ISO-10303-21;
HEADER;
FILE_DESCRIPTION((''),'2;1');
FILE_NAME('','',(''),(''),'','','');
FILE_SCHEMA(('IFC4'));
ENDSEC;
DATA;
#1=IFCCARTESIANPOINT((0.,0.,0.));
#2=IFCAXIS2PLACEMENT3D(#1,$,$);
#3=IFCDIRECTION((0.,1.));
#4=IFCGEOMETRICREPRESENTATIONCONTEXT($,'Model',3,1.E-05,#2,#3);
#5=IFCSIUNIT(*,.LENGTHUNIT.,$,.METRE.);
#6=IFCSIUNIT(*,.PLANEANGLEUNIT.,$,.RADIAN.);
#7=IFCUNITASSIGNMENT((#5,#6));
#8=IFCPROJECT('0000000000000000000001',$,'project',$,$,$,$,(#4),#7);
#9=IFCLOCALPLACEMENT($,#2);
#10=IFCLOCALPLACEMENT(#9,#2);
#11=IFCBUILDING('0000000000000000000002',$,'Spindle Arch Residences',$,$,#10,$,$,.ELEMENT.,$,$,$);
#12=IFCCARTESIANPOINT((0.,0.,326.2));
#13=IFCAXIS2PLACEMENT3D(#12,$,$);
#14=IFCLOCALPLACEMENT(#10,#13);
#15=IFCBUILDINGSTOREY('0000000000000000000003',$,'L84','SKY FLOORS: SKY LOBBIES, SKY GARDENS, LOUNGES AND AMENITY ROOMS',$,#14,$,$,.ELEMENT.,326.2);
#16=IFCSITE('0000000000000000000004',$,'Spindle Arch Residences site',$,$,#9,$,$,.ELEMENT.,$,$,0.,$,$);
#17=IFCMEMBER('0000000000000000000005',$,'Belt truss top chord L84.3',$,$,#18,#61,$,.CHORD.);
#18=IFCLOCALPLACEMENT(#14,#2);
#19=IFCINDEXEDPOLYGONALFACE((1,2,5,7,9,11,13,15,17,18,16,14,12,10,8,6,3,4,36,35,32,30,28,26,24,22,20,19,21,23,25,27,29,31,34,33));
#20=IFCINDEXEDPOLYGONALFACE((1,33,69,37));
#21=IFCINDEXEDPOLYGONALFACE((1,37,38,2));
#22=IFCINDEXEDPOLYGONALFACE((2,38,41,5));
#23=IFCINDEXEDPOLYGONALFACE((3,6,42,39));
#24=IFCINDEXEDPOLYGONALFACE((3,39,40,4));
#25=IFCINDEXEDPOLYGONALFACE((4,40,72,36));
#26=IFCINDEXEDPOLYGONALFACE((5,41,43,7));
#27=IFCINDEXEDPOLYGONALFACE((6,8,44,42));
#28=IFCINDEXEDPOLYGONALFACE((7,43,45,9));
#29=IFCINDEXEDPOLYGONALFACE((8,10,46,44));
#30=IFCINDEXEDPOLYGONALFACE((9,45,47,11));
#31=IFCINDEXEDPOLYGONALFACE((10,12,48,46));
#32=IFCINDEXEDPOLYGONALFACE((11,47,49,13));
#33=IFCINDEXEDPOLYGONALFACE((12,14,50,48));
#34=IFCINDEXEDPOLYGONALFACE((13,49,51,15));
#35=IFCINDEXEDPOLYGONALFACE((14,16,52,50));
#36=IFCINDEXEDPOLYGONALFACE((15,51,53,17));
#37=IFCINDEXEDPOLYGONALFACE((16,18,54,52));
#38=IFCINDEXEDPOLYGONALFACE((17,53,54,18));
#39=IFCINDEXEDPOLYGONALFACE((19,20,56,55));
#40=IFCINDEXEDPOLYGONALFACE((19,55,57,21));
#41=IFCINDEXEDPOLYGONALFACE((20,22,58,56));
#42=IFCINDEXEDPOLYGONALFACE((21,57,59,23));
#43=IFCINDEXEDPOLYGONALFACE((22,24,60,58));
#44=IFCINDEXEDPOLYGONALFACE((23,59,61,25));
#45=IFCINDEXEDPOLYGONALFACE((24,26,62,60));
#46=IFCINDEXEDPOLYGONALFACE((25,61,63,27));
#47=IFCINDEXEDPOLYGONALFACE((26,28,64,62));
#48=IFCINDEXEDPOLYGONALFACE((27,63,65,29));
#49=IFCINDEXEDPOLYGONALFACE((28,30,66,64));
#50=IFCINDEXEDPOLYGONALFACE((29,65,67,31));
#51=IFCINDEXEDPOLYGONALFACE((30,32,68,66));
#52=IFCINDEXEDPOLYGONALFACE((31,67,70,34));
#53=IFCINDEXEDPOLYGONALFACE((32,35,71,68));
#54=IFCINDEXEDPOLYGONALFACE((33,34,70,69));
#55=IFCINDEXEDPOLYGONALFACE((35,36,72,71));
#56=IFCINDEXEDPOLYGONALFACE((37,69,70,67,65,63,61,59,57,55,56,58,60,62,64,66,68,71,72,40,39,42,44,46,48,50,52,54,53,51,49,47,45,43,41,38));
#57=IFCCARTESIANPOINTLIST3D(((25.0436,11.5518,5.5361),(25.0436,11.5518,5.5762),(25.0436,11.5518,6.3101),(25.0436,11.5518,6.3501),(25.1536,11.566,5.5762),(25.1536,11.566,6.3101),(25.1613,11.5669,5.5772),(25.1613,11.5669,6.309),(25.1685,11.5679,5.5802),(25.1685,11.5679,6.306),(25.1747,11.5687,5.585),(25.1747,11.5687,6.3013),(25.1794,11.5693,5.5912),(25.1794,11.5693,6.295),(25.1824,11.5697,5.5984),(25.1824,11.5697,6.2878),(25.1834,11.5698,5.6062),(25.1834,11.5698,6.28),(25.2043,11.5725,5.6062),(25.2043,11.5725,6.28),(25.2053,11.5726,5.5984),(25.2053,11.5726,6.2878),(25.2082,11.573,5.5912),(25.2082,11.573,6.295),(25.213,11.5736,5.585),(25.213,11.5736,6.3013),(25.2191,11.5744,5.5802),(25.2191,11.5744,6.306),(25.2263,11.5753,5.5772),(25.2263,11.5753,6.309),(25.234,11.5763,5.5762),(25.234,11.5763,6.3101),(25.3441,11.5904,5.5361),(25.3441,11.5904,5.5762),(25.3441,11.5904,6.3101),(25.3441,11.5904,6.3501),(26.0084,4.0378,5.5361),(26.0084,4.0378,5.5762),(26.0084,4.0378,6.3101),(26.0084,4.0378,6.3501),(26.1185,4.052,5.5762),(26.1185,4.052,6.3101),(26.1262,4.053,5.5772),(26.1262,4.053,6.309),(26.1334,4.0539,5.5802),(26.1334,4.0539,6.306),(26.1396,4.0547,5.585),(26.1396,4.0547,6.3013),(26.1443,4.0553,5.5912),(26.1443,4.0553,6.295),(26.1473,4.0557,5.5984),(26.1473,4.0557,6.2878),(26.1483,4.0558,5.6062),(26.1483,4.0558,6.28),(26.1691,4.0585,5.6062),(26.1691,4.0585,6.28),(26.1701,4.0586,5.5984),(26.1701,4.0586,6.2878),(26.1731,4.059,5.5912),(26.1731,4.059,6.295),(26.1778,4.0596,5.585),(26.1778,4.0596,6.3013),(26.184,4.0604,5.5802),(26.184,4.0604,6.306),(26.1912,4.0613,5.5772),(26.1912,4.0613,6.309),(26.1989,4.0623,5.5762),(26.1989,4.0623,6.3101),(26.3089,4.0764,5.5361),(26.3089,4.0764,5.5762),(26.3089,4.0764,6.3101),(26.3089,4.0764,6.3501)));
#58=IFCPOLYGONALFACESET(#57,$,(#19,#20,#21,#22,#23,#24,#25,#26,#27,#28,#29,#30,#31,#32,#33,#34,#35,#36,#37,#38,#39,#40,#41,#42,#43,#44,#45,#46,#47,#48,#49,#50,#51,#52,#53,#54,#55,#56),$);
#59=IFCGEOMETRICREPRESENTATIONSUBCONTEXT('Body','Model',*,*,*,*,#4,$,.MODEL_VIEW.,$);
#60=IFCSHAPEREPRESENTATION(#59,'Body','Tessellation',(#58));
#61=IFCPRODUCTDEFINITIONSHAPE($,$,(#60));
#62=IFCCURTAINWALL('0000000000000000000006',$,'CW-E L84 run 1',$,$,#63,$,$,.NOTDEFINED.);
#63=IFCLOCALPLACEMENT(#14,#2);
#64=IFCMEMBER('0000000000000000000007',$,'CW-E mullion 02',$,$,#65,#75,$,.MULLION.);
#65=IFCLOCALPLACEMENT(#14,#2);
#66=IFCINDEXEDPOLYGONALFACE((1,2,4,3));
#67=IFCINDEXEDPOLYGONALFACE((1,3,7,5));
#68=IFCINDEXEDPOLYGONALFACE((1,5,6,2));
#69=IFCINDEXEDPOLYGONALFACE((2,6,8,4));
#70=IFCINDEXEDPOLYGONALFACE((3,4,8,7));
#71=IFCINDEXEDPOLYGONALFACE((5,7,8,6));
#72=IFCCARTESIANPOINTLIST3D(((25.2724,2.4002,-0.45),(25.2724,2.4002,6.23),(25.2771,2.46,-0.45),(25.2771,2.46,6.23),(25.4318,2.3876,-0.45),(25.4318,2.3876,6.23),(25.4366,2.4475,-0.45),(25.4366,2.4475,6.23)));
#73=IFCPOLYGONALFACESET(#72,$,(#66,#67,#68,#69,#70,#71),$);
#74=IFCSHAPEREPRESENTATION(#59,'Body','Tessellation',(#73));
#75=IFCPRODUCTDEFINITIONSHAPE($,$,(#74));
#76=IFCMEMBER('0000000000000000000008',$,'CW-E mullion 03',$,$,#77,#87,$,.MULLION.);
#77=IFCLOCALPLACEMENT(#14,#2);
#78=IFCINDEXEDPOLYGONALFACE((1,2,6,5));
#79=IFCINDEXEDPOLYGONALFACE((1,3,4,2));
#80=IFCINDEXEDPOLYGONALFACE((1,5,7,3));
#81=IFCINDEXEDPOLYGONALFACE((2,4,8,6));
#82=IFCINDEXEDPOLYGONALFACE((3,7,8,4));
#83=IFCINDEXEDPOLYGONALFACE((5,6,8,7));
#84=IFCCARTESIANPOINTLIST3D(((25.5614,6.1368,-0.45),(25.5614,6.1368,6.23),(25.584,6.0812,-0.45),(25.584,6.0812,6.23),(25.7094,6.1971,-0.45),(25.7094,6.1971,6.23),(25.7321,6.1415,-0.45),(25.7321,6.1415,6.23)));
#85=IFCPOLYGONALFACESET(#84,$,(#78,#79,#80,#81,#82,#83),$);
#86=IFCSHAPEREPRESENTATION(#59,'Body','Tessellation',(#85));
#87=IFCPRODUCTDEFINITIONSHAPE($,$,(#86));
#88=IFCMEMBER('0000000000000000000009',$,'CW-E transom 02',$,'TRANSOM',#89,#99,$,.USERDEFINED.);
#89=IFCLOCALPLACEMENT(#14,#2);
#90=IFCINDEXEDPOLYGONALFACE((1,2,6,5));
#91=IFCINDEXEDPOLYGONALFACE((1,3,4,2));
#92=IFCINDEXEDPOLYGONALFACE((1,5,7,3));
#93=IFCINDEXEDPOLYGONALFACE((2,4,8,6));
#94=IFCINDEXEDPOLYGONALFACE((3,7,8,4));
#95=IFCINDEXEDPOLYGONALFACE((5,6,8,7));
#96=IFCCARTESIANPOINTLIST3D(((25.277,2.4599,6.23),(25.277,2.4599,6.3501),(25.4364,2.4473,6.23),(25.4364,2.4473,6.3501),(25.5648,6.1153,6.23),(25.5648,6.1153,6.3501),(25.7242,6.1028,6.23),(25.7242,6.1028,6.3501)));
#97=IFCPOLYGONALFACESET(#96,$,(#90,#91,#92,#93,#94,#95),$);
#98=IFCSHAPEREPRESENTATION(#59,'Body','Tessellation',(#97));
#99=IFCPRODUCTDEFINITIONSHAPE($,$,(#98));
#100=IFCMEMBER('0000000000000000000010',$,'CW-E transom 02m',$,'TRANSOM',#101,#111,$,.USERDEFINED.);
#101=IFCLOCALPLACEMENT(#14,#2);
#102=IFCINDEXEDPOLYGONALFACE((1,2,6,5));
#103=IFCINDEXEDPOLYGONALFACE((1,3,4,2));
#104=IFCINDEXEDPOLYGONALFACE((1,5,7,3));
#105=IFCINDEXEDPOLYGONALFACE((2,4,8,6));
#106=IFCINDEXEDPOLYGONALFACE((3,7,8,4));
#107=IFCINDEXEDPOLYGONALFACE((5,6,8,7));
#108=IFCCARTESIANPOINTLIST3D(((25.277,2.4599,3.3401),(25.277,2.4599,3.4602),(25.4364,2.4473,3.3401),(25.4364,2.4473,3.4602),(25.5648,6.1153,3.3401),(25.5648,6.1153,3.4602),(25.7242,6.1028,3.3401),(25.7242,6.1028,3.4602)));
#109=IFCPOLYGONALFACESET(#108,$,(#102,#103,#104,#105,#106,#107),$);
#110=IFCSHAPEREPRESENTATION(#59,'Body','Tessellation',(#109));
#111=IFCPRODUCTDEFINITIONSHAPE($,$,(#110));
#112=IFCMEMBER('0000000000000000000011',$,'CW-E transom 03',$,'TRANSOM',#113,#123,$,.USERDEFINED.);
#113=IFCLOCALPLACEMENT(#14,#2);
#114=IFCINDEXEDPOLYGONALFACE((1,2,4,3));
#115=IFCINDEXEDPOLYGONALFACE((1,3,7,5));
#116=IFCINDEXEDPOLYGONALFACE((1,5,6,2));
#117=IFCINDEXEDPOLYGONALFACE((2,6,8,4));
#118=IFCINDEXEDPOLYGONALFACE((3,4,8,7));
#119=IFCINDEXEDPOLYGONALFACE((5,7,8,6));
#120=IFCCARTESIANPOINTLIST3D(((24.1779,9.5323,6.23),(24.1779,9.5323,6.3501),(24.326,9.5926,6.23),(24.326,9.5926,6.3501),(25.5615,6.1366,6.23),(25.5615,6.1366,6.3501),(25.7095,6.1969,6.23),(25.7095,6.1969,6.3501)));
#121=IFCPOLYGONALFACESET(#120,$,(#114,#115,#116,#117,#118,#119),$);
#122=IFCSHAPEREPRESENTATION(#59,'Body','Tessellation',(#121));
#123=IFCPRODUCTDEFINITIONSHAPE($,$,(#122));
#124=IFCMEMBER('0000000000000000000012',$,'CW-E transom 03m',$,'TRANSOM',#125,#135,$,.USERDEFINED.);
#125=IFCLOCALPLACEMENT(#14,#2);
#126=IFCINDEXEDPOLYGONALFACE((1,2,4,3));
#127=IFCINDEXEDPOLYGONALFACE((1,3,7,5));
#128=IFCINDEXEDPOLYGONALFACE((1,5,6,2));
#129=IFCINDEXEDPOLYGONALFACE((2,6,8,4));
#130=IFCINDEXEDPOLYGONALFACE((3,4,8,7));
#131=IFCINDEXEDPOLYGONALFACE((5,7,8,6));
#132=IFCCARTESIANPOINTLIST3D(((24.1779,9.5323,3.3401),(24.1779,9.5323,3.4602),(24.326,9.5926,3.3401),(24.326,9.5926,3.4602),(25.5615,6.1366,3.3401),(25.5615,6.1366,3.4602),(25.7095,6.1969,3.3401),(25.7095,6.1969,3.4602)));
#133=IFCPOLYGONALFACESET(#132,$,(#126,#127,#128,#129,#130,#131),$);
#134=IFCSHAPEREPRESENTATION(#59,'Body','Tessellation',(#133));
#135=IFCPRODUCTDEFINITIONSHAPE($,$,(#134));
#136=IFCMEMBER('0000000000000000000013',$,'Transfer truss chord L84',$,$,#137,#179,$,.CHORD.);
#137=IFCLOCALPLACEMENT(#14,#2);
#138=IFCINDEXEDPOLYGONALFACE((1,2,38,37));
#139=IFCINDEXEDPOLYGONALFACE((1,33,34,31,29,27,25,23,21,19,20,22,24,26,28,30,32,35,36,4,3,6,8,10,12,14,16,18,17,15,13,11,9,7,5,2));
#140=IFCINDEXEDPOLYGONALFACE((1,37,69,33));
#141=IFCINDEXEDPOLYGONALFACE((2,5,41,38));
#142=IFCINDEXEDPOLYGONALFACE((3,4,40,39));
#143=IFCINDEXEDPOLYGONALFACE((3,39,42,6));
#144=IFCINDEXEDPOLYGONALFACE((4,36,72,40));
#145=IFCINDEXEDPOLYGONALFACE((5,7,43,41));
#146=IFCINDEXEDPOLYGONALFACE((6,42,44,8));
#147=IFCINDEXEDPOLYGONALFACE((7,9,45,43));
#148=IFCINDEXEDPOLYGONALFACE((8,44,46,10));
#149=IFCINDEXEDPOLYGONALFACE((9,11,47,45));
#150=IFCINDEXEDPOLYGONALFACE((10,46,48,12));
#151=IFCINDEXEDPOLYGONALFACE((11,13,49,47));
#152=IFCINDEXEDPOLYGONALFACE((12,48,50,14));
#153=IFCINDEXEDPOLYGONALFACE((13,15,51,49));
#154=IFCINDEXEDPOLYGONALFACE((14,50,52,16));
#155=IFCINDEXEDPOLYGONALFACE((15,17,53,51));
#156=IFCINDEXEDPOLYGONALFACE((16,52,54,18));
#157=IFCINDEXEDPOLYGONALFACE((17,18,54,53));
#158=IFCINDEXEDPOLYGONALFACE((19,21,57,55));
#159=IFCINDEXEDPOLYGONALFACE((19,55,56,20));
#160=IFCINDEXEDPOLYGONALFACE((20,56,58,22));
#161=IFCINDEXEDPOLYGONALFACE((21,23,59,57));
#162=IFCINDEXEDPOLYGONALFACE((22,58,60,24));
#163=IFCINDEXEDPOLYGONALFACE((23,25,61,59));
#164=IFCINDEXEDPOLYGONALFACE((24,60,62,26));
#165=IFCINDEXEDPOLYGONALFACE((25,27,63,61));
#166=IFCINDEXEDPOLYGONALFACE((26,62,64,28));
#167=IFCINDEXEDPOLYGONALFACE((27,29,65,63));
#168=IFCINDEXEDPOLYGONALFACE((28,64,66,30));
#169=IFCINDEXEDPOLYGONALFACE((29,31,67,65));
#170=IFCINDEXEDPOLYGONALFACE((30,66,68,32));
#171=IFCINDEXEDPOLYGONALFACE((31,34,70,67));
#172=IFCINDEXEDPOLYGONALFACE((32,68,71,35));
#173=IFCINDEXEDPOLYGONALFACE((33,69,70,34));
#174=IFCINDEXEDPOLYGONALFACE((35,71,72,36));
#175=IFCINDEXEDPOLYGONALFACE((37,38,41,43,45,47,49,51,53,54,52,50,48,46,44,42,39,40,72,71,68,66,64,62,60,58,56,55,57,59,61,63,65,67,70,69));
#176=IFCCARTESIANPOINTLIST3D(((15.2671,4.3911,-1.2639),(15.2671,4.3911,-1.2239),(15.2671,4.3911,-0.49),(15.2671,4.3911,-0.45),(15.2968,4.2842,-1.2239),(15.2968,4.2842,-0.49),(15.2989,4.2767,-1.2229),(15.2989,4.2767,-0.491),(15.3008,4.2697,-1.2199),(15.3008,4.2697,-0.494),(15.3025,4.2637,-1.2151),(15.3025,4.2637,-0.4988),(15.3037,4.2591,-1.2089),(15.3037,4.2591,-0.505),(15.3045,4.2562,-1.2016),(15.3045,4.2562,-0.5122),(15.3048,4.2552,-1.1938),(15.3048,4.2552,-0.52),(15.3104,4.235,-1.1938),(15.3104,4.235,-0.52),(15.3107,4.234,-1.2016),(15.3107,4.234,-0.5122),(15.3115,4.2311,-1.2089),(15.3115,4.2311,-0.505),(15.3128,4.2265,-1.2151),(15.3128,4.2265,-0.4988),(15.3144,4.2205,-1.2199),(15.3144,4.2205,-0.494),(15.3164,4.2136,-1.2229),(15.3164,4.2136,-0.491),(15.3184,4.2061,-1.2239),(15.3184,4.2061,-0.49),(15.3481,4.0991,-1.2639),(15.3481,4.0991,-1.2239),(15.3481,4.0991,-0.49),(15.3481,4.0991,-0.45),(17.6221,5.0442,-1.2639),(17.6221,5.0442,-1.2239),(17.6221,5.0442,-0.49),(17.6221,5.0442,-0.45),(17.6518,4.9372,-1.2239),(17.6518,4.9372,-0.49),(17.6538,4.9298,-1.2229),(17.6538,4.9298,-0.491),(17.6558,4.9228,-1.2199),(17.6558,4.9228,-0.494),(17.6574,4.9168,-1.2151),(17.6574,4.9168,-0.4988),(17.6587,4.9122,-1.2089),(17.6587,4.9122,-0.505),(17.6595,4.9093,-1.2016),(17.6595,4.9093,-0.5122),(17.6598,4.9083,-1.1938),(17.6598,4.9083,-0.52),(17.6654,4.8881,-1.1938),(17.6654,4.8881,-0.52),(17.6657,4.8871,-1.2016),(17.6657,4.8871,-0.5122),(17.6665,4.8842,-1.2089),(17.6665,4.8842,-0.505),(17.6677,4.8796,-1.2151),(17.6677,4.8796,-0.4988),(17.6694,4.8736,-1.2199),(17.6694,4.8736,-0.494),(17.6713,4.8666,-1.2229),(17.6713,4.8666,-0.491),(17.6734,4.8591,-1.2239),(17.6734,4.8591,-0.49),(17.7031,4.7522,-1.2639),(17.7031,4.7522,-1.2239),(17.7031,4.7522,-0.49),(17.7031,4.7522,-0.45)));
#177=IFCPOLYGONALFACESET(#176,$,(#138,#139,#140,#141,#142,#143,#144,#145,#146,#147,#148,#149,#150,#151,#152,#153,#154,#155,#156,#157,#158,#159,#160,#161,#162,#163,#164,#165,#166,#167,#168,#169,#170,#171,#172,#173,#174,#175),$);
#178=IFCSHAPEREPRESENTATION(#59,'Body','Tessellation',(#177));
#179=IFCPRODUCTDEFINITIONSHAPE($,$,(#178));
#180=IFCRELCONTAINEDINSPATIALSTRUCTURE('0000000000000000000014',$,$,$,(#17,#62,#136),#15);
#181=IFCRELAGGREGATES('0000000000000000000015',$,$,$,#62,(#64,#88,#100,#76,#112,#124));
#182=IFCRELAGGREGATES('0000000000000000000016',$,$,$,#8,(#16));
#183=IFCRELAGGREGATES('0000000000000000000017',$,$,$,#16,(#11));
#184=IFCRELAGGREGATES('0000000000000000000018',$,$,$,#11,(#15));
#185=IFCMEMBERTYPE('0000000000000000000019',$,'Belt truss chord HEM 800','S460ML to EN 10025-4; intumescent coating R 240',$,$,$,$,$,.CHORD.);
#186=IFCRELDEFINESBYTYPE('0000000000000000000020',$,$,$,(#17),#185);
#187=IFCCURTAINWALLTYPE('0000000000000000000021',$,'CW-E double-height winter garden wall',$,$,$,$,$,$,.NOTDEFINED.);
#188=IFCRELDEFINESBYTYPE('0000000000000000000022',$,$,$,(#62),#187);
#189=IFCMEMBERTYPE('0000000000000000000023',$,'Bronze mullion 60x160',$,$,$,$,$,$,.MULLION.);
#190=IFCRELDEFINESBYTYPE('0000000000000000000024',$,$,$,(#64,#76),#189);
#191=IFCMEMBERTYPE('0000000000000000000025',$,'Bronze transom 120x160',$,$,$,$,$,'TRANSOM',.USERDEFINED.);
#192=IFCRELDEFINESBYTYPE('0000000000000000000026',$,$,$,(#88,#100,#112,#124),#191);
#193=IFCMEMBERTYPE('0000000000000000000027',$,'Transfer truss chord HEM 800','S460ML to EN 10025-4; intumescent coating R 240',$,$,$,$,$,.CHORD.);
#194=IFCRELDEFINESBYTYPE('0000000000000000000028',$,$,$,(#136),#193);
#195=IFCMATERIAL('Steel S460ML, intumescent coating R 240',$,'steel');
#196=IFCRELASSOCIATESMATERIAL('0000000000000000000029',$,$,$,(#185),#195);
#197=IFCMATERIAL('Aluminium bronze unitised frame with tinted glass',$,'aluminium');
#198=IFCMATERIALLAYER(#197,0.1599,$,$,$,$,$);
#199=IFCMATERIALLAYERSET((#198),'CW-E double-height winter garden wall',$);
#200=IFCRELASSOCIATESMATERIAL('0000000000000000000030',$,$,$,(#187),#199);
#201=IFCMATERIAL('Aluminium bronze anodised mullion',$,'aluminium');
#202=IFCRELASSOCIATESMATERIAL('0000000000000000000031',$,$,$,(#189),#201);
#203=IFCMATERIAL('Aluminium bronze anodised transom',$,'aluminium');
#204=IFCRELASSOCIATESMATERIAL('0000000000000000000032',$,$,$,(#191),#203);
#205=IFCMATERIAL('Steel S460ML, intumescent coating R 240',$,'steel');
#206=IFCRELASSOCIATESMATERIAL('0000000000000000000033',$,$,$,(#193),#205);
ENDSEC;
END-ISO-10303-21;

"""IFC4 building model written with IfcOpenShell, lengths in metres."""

from ifc_helpers import new_model, si_unit, direction, frame, origin, origin_2d, place, context, subcontext, project, spatial, rectangle, i_section, extrude, material, layer, layer_set, material_profile, profile_set, type_object, element, aggregate, save


model = new_model("IFC4")

# Units and contexts
model_context = context("Model", 3, precision=1e-05, world=origin(), true_north=direction((0.0, 1.0)))
body_context = subcontext(model_context, "Body", "Model", "MODEL_VIEW")
ifc_project = project(units=[si_unit("LENGTHUNIT", "METRE"), si_unit("PLANEANGLEUNIT", "RADIAN")], contexts=[model_context])

# Site, building, storey
site_placement = place(None, origin())
site = spatial("IfcSite", under=ifc_project, at=site_placement, Name="Spindle Arch Residences site", CompositionType="ELEMENT", RefElevation=0.0)
building_placement = place(site_placement, origin())
building = spatial("IfcBuilding", under=site, at=building_placement, Name="Spindle Arch Residences", CompositionType="ELEMENT")
storey_placement = place(building_placement, frame((0.0, 0.0, 326.2)))
storey = spatial("IfcBuildingStorey", under=building, at=storey_placement, Name="L84", Description="SKY FLOORS: SKY LOBBIES, SKY GARDENS, LOUNGES AND AMENITY ROOMS", CompositionType="ELEMENT", Elevation=326.2)

# Member
ifc_material_1 = material(Name="Steel S460ML, intumescent coating R 240", Category="steel")
ifc_material_profile_1 = material_profile(ifc_material_1, i_section(OverallWidth=0.303, OverallDepth=0.814, WebThickness=0.021, FlangeThickness=0.04, FilletRadius=0.03, at=origin_2d()), Name="HEM 800")
ifc_profile_set_1 = profile_set([ifc_material_profile_1], Name="Steel S460ML, intumescent coating R 240")
member_type_1 = type_object("IfcMemberType", Name="Belt truss chord HEM 800", Description="S460ML to EN 10025-4; intumescent coating R 240", PredefinedType="CHORD", material=ifc_profile_set_1)
member_1_placement = place(storey_placement, frame((26.1587, 4.0571, 5.9431), z_axis=(-0.127362, 0.991856, 0.0), x_axis=(-0.991856, -0.127362, 0.0)))
element("IfcMember", 1, at=member_1_placement, inside=storey, type_object=member_type_1, Name="Belt truss top chord L84.3", PredefinedType="CHORD", context=body_context, shape_type="SweptSolid", body=[
    extrude(i_section(OverallWidth=0.303, OverallDepth=0.814, WebThickness=0.021, FlangeThickness=0.04, FilletRadius=0.03, at=origin_2d()), origin(), (0.0, 0.0, 1.0), 7.5757),
])

# Curtain wall, members
ifc_material_2 = material(Name="Aluminium bronze unitised frame with tinted glass", Category="aluminium")
ifc_layer_1 = layer(ifc_material_2, 0.1599)
ifc_layer_set_1 = layer_set([ifc_layer_1], Name="CW-E double-height winter garden wall")
curtain_wall_type = type_object("IfcCurtainWallType", Name="CW-E double-height winter garden wall", PredefinedType="NOTDEFINED", material=ifc_layer_set_1)
curtain_wall_placement = place(storey_placement, origin())
curtain_wall = element("IfcCurtainWall", 2, at=curtain_wall_placement, inside=storey, type_object=curtain_wall_type, Name="CW-E L84 run 1", PredefinedType="NOTDEFINED")
ifc_material_3 = material(Name="Aluminium bronze anodised mullion", Category="aluminium")
ifc_material_profile_2 = material_profile(ifc_material_3, rectangle(XDim=0.1599, YDim=0.0601, at=origin_2d()), Name="MU 60x160")
ifc_profile_set_2 = profile_set([ifc_material_profile_2], Name="Aluminium bronze anodised mullion")
member_type_2 = type_object("IfcMemberType", Name="Bronze mullion 60x160", PredefinedType="MULLION", material=ifc_profile_set_2)
member_2_placement = place(storey_placement, frame((25.3545, 2.4238, -0.45), z_axis=(0.0, 0.0, 1.0), x_axis=(-0.996917, 0.078459, 0.0)))
member_2 = element("IfcMember", 3, at=member_2_placement, type_object=member_type_2, Name="CW-E mullion 02", PredefinedType="MULLION", context=body_context, shape_type="SweptSolid", body=[
    extrude(rectangle(XDim=0.1599, YDim=0.0601, at=origin_2d()), origin(), (0.0, 0.0, 1.0), 6.6799),
])
member_3_placement = place(storey_placement, frame((25.6467, 6.1392, -0.45), z_axis=(0.0, 0.0, 1.0), x_axis=(-0.92609, -0.377302, 0.0)))
member_3 = element("IfcMember", 4, at=member_3_placement, type_object=member_type_2, Name="CW-E mullion 03", PredefinedType="MULLION", context=body_context, shape_type="SweptSolid", body=[
    extrude(rectangle(XDim=0.1599, YDim=0.0601, at=origin_2d()), origin(), (0.0, 0.0, 1.0), 6.6799),
])
ifc_material_4 = material(Name="Aluminium bronze anodised transom", Category="aluminium")
ifc_material_profile_3 = material_profile(ifc_material_4, rectangle(XDim=0.1599, YDim=0.1201, at=origin_2d()), Name="TR 120x160")
ifc_profile_set_3 = profile_set([ifc_material_profile_3], Name="Aluminium bronze anodised transom")
member_type_3 = type_object("IfcMemberType", Name="Bronze transom 120x160", ElementType="TRANSOM", PredefinedType="USERDEFINED", material=ifc_profile_set_3)
member_4_placement = place(storey_placement, frame((25.3567, 2.4536, 6.29), z_axis=(0.078499, 0.996914, 0.0), x_axis=(-0.996914, 0.078499, 0.0)))
member_4 = element("IfcMember", 5, at=member_4_placement, type_object=member_type_3, Name="CW-E transom 02", ObjectType="TRANSOM", PredefinedType="USERDEFINED", context=body_context, shape_type="SweptSolid", body=[
    extrude(rectangle(XDim=0.1599, YDim=0.1201, at=origin_2d()), origin(), (0.0, 0.0, 1.0), 3.6667),
])
member_5_placement = place(storey_placement, frame((25.3567, 2.4536, 3.4001), z_axis=(0.078499, 0.996914, 0.0), x_axis=(-0.996914, 0.078499, 0.0)))
member_5 = element("IfcMember", 6, at=member_5_placement, type_object=member_type_3, Name="CW-E transom 02m", ObjectType="TRANSOM", PredefinedType="USERDEFINED", context=body_context, shape_type="SweptSolid", body=[
    extrude(rectangle(XDim=0.1599, YDim=0.1201, at=origin_2d()), origin(), (0.0, 0.0, 1.0), 3.6667),
])
member_6_placement = place(storey_placement, frame((25.6355, 6.1667, 6.29), z_axis=(-0.377318, 0.926084, 0.0), x_axis=(-0.926084, -0.377318, 0.0)))
member_6 = element("IfcMember", 7, at=member_6_placement, type_object=member_type_3, Name="CW-E transom 03", ObjectType="TRANSOM", PredefinedType="USERDEFINED", context=body_context, shape_type="SweptSolid", body=[
    extrude(rectangle(XDim=0.1599, YDim=0.1201, at=origin_2d()), origin(), (0.0, 0.0, 1.0), 3.6667),
])
member_7_placement = place(storey_placement, frame((25.6355, 6.1667, 3.4001), z_axis=(-0.377318, 0.926084, 0.0), x_axis=(-0.926084, -0.377318, 0.0)))
member_7 = element("IfcMember", 8, at=member_7_placement, type_object=member_type_3, Name="CW-E transom 03m", ObjectType="TRANSOM", PredefinedType="USERDEFINED", context=body_context, shape_type="SweptSolid", body=[
    extrude(rectangle(XDim=0.1599, YDim=0.1201, at=origin_2d()), origin(), (0.0, 0.0, 1.0), 3.6667),
])

# Member
ifc_material_5 = material(Name="Steel S460ML, intumescent coating R 240", Category="steel")
ifc_material_profile_4 = material_profile(ifc_material_5, i_section(OverallWidth=0.303, OverallDepth=0.814, WebThickness=0.021, FlangeThickness=0.04, FilletRadius=0.03, at=origin_2d()), Name="HEM 800")
ifc_profile_set_4 = profile_set([ifc_material_profile_4], Name="Steel S460ML, intumescent coating R 240")
member_type_4 = type_object("IfcMemberType", Name="Transfer truss chord HEM 800", Description="S460ML to EN 10025-4; intumescent coating R 240", PredefinedType="CHORD", material=ifc_profile_set_4)
for number, where, z_axis, x_axis, name in (
    (9, (15.3076, 4.2451, -0.8569), (0.963632, 0.267232, 0.0), (-0.267232, 0.963632, 0.0), "Transfer truss chord L84"),
):
    element("IfcMember", number, at=place(storey_placement, frame(where, z_axis=z_axis, x_axis=x_axis)), inside=storey, type_object=member_type_4, Name=name, PredefinedType="CHORD", context=body_context, shape_type="SweptSolid", body=[
        extrude(i_section(OverallWidth=0.303, OverallDepth=0.814, WebThickness=0.021, FlangeThickness=0.04, FilletRadius=0.03, at=origin_2d()), origin(), (0.0, 0.0, 1.0), 2.4438),
    ])

aggregate(curtain_wall, [member_2, member_4, member_5, member_3, member_6, member_7])

save(model, "model.ifc")
